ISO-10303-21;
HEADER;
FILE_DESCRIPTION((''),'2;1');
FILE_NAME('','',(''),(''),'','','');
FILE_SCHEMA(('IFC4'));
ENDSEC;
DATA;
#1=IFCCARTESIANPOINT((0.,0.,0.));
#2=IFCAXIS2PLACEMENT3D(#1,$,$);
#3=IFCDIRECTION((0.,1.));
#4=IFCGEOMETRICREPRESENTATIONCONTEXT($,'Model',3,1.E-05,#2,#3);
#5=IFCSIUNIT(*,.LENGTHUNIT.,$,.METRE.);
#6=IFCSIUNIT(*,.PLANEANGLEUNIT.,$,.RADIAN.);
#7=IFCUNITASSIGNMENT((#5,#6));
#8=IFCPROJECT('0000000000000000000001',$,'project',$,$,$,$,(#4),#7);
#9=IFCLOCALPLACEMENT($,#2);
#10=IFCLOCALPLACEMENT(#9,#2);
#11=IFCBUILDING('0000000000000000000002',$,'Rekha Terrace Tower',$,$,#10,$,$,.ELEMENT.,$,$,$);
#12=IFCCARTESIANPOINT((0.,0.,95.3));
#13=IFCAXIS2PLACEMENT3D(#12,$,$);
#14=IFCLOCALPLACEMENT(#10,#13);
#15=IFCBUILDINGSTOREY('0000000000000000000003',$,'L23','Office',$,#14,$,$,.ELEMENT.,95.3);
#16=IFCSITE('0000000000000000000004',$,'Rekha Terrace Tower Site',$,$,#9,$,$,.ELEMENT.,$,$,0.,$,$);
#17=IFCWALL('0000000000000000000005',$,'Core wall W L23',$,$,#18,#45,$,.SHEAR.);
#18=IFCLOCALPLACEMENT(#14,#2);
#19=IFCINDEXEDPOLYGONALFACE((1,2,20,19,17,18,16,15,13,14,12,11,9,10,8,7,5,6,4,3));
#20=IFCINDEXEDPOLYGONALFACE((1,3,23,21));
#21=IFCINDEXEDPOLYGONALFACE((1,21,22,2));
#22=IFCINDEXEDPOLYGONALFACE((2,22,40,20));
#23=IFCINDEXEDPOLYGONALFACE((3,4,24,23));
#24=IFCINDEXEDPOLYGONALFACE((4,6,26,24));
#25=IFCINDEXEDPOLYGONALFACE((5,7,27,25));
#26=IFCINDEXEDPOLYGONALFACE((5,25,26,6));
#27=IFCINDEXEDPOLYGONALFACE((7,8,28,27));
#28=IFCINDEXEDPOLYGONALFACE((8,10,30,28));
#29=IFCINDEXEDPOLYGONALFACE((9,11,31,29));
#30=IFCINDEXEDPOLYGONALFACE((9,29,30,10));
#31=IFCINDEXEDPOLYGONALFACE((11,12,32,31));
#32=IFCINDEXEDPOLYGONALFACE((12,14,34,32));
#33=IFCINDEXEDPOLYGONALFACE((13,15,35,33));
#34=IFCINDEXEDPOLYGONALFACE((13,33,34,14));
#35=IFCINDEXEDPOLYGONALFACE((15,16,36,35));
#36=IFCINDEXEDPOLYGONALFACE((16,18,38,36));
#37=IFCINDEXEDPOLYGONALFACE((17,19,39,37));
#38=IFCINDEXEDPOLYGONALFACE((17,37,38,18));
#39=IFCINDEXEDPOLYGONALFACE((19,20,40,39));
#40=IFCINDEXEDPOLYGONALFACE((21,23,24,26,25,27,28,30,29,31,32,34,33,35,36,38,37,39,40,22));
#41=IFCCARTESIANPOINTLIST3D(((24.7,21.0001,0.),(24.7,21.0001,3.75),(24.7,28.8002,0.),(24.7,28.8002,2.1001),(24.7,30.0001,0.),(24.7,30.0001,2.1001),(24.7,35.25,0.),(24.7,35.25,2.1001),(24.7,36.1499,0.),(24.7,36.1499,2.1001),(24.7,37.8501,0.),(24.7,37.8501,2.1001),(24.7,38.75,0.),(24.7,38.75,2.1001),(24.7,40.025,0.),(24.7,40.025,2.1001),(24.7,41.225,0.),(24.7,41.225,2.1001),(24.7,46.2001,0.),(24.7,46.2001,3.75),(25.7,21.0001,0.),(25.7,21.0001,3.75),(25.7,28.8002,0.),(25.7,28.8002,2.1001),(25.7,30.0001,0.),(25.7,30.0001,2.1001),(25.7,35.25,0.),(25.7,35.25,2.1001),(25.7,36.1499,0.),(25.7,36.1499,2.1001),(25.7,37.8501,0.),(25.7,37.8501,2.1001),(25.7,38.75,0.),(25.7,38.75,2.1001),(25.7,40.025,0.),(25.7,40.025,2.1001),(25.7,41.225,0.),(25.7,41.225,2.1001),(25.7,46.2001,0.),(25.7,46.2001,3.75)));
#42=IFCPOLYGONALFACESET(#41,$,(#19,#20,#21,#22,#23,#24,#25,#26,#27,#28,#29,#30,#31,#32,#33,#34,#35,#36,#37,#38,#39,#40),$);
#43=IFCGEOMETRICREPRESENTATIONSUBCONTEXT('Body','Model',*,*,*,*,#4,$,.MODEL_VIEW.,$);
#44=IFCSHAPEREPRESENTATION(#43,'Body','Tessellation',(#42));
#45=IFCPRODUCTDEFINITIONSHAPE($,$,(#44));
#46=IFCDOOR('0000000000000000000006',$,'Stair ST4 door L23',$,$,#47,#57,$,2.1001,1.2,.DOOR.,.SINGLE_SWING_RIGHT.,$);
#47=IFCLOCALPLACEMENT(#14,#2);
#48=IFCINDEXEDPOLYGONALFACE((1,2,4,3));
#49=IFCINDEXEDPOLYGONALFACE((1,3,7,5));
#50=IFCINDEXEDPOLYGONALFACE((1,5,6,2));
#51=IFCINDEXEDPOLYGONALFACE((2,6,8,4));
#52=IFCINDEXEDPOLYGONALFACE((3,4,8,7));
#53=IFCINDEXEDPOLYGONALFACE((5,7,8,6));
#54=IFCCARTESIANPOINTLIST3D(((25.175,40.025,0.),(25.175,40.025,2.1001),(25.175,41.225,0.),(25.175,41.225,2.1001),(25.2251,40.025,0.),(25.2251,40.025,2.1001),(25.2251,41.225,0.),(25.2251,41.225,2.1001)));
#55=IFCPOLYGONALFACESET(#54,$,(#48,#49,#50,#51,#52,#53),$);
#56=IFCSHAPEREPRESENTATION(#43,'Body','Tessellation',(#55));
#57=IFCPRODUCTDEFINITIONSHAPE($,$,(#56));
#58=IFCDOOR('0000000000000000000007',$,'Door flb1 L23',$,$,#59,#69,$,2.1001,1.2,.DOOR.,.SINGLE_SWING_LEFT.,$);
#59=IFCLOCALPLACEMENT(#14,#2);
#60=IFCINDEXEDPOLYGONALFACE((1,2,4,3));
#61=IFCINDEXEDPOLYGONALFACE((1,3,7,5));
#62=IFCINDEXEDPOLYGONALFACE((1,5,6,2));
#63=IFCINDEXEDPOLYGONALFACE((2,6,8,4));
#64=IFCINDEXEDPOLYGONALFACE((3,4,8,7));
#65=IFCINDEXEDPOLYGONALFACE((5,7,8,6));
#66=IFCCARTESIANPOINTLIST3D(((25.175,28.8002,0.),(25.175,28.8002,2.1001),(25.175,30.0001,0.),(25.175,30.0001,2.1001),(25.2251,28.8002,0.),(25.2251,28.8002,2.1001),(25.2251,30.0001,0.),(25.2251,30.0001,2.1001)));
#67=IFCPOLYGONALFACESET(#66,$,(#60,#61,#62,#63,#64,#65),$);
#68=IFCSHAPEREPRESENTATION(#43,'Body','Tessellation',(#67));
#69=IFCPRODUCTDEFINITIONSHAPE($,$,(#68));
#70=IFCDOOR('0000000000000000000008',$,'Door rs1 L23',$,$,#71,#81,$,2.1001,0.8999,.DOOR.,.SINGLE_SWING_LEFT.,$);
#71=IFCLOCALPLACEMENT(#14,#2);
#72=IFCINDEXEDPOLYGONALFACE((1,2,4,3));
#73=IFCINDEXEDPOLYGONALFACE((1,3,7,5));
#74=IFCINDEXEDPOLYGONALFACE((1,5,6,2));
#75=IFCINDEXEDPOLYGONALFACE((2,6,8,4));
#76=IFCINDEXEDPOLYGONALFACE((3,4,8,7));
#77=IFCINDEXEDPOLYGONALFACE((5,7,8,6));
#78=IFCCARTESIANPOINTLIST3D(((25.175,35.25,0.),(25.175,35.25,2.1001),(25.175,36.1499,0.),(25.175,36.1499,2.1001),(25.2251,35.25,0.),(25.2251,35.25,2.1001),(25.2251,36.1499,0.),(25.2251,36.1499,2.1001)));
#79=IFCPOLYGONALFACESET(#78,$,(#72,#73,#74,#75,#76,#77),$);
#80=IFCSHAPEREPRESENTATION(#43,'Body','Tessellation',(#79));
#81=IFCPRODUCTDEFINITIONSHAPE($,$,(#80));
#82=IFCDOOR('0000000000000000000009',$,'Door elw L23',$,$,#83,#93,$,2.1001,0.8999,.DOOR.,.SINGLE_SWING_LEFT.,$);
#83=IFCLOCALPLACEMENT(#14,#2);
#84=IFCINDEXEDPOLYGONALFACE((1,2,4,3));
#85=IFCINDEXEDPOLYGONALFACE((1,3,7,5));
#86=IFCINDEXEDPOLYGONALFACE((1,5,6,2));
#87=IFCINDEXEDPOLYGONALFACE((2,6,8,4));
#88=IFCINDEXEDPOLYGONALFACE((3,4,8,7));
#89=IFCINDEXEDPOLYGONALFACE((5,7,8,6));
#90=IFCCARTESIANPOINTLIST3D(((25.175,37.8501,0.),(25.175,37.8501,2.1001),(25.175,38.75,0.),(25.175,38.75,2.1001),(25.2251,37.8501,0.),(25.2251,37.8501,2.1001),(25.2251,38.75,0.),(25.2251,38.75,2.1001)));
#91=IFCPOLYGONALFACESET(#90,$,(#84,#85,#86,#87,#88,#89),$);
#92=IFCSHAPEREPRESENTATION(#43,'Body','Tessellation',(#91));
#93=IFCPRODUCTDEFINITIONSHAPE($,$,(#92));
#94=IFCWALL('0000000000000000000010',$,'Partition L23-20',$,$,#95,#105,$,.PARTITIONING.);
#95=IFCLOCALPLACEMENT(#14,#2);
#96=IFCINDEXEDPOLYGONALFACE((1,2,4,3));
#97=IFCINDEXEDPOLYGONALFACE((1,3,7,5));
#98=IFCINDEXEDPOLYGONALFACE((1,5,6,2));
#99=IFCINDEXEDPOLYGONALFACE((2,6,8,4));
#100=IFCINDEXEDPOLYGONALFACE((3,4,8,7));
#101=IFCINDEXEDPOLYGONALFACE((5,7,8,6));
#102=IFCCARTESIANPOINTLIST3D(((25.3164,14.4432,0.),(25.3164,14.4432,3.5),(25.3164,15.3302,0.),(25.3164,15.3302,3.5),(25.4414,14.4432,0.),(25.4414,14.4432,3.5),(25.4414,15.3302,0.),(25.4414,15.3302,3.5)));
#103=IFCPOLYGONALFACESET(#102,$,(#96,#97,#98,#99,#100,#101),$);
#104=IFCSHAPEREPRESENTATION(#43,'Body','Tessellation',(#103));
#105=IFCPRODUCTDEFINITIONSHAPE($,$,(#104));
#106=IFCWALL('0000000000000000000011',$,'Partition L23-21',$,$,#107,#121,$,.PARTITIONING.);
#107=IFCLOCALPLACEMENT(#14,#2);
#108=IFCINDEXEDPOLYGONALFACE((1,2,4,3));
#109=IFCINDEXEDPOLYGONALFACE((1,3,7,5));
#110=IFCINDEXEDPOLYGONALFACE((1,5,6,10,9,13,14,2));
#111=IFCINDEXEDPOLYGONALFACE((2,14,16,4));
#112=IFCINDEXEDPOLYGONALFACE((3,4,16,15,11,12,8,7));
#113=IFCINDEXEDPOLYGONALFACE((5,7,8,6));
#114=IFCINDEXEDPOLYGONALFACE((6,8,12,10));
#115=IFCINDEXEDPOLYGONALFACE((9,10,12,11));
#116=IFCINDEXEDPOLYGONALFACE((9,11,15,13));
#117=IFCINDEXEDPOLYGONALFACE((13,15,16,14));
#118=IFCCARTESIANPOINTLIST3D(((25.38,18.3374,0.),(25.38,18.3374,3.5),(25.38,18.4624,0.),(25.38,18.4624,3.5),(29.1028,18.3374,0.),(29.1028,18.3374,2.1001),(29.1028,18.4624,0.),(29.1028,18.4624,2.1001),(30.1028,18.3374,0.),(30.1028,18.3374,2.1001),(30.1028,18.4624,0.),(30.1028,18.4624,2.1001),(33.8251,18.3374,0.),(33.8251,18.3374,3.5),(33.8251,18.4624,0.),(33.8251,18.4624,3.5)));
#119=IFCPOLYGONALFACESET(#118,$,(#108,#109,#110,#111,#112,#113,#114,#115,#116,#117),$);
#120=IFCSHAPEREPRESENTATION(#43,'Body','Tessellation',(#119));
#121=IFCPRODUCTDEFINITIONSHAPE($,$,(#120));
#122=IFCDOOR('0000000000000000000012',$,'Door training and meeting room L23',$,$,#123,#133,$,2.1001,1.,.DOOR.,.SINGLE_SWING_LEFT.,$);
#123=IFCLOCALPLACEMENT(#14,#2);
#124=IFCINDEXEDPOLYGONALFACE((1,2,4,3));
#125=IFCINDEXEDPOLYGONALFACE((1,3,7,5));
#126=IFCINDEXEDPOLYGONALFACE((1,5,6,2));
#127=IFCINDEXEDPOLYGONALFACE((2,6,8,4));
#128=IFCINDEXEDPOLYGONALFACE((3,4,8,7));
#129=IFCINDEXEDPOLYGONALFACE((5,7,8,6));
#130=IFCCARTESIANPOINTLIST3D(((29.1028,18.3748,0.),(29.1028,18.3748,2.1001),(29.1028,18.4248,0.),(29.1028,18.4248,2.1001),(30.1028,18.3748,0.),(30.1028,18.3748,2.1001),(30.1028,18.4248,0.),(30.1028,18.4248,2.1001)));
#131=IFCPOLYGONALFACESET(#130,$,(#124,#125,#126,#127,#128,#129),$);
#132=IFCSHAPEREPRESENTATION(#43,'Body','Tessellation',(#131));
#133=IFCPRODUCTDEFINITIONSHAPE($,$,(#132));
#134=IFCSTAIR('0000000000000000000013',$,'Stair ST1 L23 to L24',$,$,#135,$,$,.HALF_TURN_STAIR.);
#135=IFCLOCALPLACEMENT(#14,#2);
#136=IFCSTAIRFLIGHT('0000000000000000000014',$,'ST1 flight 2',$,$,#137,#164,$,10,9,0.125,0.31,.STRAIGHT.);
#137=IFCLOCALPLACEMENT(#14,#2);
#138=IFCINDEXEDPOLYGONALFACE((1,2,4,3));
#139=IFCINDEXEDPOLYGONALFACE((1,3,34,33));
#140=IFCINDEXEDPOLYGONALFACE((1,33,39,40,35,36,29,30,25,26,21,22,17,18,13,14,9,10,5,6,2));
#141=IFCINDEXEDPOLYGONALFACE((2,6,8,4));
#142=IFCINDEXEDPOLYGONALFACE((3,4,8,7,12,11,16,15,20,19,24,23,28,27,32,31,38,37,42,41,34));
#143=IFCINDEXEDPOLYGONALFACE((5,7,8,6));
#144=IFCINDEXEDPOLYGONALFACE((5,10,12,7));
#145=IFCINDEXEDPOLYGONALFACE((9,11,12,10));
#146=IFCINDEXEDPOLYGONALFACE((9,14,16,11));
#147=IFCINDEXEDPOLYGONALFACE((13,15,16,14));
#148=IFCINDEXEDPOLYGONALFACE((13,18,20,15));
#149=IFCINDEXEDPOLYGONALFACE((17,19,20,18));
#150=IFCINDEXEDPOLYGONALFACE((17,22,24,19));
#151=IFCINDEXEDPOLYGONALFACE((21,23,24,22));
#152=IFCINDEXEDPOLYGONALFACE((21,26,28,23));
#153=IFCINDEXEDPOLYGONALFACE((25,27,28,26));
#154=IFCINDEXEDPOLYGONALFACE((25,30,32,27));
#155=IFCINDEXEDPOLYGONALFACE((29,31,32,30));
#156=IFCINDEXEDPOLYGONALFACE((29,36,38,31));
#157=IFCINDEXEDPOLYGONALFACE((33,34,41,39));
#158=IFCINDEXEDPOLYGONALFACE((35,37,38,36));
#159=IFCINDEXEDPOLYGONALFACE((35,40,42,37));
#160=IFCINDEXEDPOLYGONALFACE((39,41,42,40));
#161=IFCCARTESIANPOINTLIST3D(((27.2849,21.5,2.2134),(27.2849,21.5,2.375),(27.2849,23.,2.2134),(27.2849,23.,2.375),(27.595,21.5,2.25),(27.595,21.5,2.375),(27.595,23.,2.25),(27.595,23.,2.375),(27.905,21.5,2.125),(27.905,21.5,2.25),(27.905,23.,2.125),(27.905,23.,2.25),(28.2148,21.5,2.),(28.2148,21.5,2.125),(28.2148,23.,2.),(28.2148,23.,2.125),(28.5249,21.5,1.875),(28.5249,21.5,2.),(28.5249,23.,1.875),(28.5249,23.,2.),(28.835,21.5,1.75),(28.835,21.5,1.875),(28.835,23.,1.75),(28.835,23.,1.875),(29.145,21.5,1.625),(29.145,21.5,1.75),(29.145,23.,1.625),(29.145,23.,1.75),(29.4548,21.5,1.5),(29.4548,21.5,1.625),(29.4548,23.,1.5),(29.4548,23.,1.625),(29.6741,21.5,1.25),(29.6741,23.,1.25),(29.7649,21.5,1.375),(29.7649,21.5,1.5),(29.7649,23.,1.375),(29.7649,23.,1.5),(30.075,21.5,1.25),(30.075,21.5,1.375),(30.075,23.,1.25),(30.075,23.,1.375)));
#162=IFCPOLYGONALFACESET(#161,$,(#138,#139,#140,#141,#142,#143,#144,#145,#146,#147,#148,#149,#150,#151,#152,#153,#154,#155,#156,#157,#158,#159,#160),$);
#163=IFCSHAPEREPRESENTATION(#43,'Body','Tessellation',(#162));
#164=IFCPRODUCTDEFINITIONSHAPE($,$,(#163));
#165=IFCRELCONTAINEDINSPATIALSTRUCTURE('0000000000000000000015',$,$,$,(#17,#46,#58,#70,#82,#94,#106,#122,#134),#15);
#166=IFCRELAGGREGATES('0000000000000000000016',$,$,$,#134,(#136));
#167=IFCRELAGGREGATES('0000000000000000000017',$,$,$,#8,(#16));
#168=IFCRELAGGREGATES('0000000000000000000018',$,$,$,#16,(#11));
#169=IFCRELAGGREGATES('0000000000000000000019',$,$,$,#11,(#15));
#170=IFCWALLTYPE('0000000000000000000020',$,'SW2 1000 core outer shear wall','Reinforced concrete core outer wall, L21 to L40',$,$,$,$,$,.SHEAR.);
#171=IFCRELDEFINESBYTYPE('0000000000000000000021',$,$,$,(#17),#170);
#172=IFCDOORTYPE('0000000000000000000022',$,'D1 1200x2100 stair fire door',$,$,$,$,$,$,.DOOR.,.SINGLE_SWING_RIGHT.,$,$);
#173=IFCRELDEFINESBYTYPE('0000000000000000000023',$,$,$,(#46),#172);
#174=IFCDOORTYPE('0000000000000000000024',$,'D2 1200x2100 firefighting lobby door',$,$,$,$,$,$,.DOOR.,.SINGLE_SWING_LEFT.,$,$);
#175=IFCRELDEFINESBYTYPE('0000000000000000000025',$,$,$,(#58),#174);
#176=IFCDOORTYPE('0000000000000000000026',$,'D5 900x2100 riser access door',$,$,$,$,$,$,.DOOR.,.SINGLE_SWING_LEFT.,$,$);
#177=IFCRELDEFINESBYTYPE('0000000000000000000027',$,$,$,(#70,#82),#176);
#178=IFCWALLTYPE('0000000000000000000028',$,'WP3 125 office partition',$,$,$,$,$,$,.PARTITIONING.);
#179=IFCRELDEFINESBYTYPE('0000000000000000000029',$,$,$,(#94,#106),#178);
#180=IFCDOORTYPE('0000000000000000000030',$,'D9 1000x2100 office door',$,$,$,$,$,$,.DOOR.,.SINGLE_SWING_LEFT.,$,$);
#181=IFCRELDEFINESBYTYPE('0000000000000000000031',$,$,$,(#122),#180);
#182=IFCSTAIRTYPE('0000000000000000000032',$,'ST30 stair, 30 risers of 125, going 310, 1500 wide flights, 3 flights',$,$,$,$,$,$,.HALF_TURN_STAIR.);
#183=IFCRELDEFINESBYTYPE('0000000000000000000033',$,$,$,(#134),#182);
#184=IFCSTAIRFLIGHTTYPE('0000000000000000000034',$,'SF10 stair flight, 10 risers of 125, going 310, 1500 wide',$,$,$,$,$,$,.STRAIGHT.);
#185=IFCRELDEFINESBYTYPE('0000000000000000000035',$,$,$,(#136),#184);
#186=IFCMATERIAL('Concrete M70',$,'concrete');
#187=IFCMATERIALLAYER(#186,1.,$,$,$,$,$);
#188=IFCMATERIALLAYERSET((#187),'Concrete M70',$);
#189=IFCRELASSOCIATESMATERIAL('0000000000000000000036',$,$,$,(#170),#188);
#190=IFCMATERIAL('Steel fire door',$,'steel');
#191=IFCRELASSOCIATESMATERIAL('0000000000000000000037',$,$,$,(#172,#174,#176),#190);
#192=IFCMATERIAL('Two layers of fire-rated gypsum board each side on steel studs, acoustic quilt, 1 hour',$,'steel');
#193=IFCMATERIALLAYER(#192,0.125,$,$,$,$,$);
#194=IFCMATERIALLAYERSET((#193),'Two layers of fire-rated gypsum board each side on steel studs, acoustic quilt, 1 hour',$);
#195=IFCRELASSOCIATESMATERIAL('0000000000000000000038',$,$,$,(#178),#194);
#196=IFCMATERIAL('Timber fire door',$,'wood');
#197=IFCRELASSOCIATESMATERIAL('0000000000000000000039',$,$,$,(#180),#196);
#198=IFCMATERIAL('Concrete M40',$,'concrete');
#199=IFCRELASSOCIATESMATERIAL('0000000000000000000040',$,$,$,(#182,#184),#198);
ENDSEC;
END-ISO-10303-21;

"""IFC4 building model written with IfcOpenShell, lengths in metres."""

from ifc_helpers import new_model, si_unit, direction, frame, frame_2d, origin, place, context, subcontext, project, spatial, polyline, rectangle, outline, extrude, material, layer, layer_set, type_object, element, fill, aggregate, save


model = new_model("IFC4")

# Units and contexts
model_context = context("Model", 3, precision=1e-05, world=origin(), true_north=direction((0.0, 1.0)))
body_context = subcontext(model_context, "Body", "Model", "MODEL_VIEW")
ifc_project = project(units=[si_unit("LENGTHUNIT", "METRE"), si_unit("PLANEANGLEUNIT", "RADIAN")], contexts=[model_context])

# Site, building, storey
site_placement = place(None, origin())
site = spatial("IfcSite", under=ifc_project, at=site_placement, Name="Rekha Terrace Tower Site", CompositionType="ELEMENT", RefElevation=0.0)
building_placement = place(site_placement, origin())
building = spatial("IfcBuilding", under=site, at=building_placement, Name="Rekha Terrace Tower", CompositionType="ELEMENT")
storey_placement = place(building_placement, frame((0.0, 0.0, 95.3)))
storey = spatial("IfcBuildingStorey", under=building, at=storey_placement, Name="L23", Description="Office", CompositionType="ELEMENT", Elevation=95.3)

# Wall, openings, doors
ifc_material_1 = material(Name="Concrete M70", Category="concrete")
ifc_layer_1 = layer(ifc_material_1, 1.0)
ifc_layer_set_1 = layer_set([ifc_layer_1], Name="Concrete M70")
wall_type_1 = type_object("IfcWallType", Name="SW2 1000 core outer shear wall", Description="Reinforced concrete core outer wall, L21 to L40", PredefinedType="SHEAR", material=ifc_layer_set_1)
wall_1_placement = place(storey_placement, frame((25.2, 21.0, 0.0), z_axis=(0.0, 0.0, 1.0), x_axis=(0.0, 1.0, 0.0)))
wall_1 = element("IfcWall", 1, at=wall_1_placement, inside=storey, type_object=wall_type_1, Name="Core wall W L23", PredefinedType="SHEAR", context=body_context, shape_type="SweptSolid", body=[
    extrude(rectangle(XDim=25.2, YDim=1.0, at=frame_2d((12.6001, 0.0))), origin(), (0.0, 0.0, 1.0), 3.75),
])
opening_1_placement = place(wall_1_placement, frame((7.8, 0.0, 0.0)))
opening_1 = element("IfcOpeningElement", 2, at=opening_1_placement, cuts=wall_1, PredefinedType="OPENING", context=body_context, shape_type="SweptSolid", body=[
    extrude(rectangle(XDim=1.2, YDim=2.1001, at=frame_2d((0.6001, 1.05))), frame((0.0, 0.51, 0.0), z_axis=(0.0, -1.0, 0.0), x_axis=(1.0, 0.0, 0.0)), (0.0, 0.0, 1.0), 1.02),
])
opening_2_placement = place(wall_1_placement, frame((14.25, 0.0, 0.0)))
opening_2 = element("IfcOpeningElement", 3, at=opening_2_placement, cuts=wall_1, PredefinedType="OPENING", context=body_context, shape_type="SweptSolid", body=[
    extrude(rectangle(XDim=0.8999, YDim=2.1001, at=frame_2d((0.45, 1.05))), frame((0.0, 0.51, 0.0), z_axis=(0.0, -1.0, 0.0), x_axis=(1.0, 0.0, 0.0)), (0.0, 0.0, 1.0), 1.02),
])
opening_3_placement = place(wall_1_placement, frame((16.8501, 0.0, 0.0)))
opening_3 = element("IfcOpeningElement", 4, at=opening_3_placement, cuts=wall_1, PredefinedType="OPENING", context=body_context, shape_type="SweptSolid", body=[
    extrude(rectangle(XDim=0.8999, YDim=2.1001, at=frame_2d((0.45, 1.05))), frame((0.0, 0.51, 0.0), z_axis=(0.0, -1.0, 0.0), x_axis=(1.0, 0.0, 0.0)), (0.0, 0.0, 1.0), 1.02),
])
opening_4_placement = place(wall_1_placement, frame((19.0249, 0.0, 0.0)))
opening_4 = element("IfcOpeningElement", 5, at=opening_4_placement, cuts=wall_1, PredefinedType="OPENING", context=body_context, shape_type="SweptSolid", body=[
    extrude(rectangle(XDim=1.2, YDim=2.1001, at=frame_2d((0.6001, 1.05))), frame((0.0, 0.51, 0.0), z_axis=(0.0, -1.0, 0.0), x_axis=(1.0, 0.0, 0.0)), (0.0, 0.0, 1.0), 1.02),
])
ifc_material_2 = material(Name="Steel fire door", Category="steel")
door_type_1 = type_object("IfcDoorType", Name="D1 1200x2100 stair fire door", OperationType="SINGLE_SWING_RIGHT", PredefinedType="DOOR", material=ifc_material_2)
door_1_placement = place(opening_4_placement, origin())
door_1 = element("IfcDoor", 6, at=door_1_placement, inside=storey, type_object=door_type_1, Name="Stair ST4 door L23", OperationType="SINGLE_SWING_RIGHT", OverallHeight=2.1001, OverallWidth=1.2, PredefinedType="DOOR", context=body_context, shape_type="SweptSolid", body=[
    extrude(rectangle(XDim=1.2, YDim=2.1001, at=frame_2d((0.6001, 1.05))), frame((0.0, 0.0249, 0.0), z_axis=(0.0, -1.0, 0.0), x_axis=(1.0, 0.0, 0.0)), (0.0, 0.0, 1.0), 0.05),
])
fill(opening_4, door_1)
door_type_2 = type_object("IfcDoorType", Name="D2 1200x2100 firefighting lobby door", OperationType="SINGLE_SWING_LEFT", PredefinedType="DOOR", material=ifc_material_2)
door_2_placement = place(opening_1_placement, origin())
door_2 = element("IfcDoor", 7, at=door_2_placement, inside=storey, type_object=door_type_2, Name="Door flb1 L23", OperationType="SINGLE_SWING_LEFT", OverallHeight=2.1001, OverallWidth=1.2, PredefinedType="DOOR", context=body_context, shape_type="SweptSolid", body=[
    extrude(rectangle(XDim=1.2, YDim=2.1001, at=frame_2d((0.6001, 1.05))), frame((0.0, 0.0249, 0.0), z_axis=(0.0, -1.0, 0.0), x_axis=(1.0, 0.0, 0.0)), (0.0, 0.0, 1.0), 0.05),
])
fill(opening_1, door_2)
door_type_3 = type_object("IfcDoorType", Name="D5 900x2100 riser access door", OperationType="SINGLE_SWING_LEFT", PredefinedType="DOOR", material=ifc_material_2)
door_3_placement = place(opening_2_placement, origin())
door_3 = element("IfcDoor", 8, at=door_3_placement, inside=storey, type_object=door_type_3, Name="Door rs1 L23", OperationType="SINGLE_SWING_LEFT", OverallHeight=2.1001, OverallWidth=0.8999, PredefinedType="DOOR", context=body_context, shape_type="SweptSolid", body=[
    extrude(rectangle(XDim=0.8999, YDim=2.1001, at=frame_2d((0.45, 1.05))), frame((0.0, 0.0249, 0.0), z_axis=(0.0, -1.0, 0.0), x_axis=(1.0, 0.0, 0.0)), (0.0, 0.0, 1.0), 0.05),
])
fill(opening_2, door_3)
door_4_placement = place(opening_3_placement, origin())
door_4 = element("IfcDoor", 9, at=door_4_placement, inside=storey, type_object=door_type_3, Name="Door elw L23", OperationType="SINGLE_SWING_LEFT", OverallHeight=2.1001, OverallWidth=0.8999, PredefinedType="DOOR", context=body_context, shape_type="SweptSolid", body=[
    extrude(rectangle(XDim=0.8999, YDim=2.1001, at=frame_2d((0.45, 1.05))), frame((0.0, 0.0249, 0.0), z_axis=(0.0, -1.0, 0.0), x_axis=(1.0, 0.0, 0.0)), (0.0, 0.0, 1.0), 0.05),
])
fill(opening_3, door_4)

# Wall
ifc_material_3 = material(Name="Two layers of fire-rated gypsum board each side on steel studs, acoustic quilt, 1 hour", Category="steel")
ifc_layer_2 = layer(ifc_material_3, 0.125)
ifc_layer_set_2 = layer_set([ifc_layer_2], Name="Two layers of fire-rated gypsum board each side on steel studs, acoustic quilt, 1 hour")
wall_type_2 = type_object("IfcWallType", Name="WP3 125 office partition", PredefinedType="PARTITIONING", material=ifc_layer_set_2)
wall_2_placement = place(storey_placement, frame((25.3789, 15.3301, 0.0), z_axis=(0.0, 0.0, 1.0), x_axis=(0.0, -1.0, 0.0)))
element("IfcWall", 10, at=wall_2_placement, inside=storey, type_object=wall_type_2, Name="Partition L23-20", PredefinedType="PARTITIONING", context=body_context, shape_type="SweptSolid", body=[
    extrude(rectangle(XDim=0.887, YDim=0.125, at=frame_2d((0.4434, 0.0))), origin(), (0.0, 0.0, 1.0), 3.5),
])

# Wall, opening, door
wall_3_placement = place(storey_placement, frame((25.3799, 18.3999, 0.0), z_axis=(0.0, 0.0, 1.0), x_axis=(1.0, 0.0, 0.0)))
wall_3 = element("IfcWall", 11, at=wall_3_placement, inside=storey, type_object=wall_type_2, Name="Partition L23-21", PredefinedType="PARTITIONING", context=body_context, shape_type="SweptSolid", body=[
    extrude(rectangle(XDim=8.4451, YDim=0.125, at=frame_2d((4.2227, 0.0))), origin(), (0.0, 0.0, 1.0), 3.5),
])
opening_5_placement = place(wall_3_placement, frame((3.7229, 0.0, 0.0)))
opening_5 = element("IfcOpeningElement", 12, at=opening_5_placement, cuts=wall_3, PredefinedType="OPENING", context=body_context, shape_type="SweptSolid", body=[
    extrude(rectangle(XDim=1.0, YDim=2.1001, at=frame_2d((0.5, 1.05))), frame((0.0, 0.0725, 0.0), z_axis=(0.0, -1.0, 0.0), x_axis=(1.0, 0.0, 0.0)), (0.0, 0.0, 1.0), 0.145),
])
ifc_material_4 = material(Name="Timber fire door", Category="wood")
door_type_4 = type_object("IfcDoorType", Name="D9 1000x2100 office door", OperationType="SINGLE_SWING_LEFT", PredefinedType="DOOR", material=ifc_material_4)
door_5_placement = place(opening_5_placement, origin())
door_5 = element("IfcDoor", 13, at=door_5_placement, inside=storey, type_object=door_type_4, Name="Door training and meeting room L23", OperationType="SINGLE_SWING_LEFT", OverallHeight=2.1001, OverallWidth=1.0, PredefinedType="DOOR", context=body_context, shape_type="SweptSolid", body=[
    extrude(rectangle(XDim=1.0, YDim=2.1001, at=frame_2d((0.5, 1.05))), frame((0.0, 0.0249, 0.0), z_axis=(0.0, -1.0, 0.0), x_axis=(1.0, 0.0, 0.0)), (0.0, 0.0, 1.0), 0.05),
])
fill(opening_5, door_5)

# Stair, stair flight
ifc_material_5 = material(Name="Concrete M40", Category="concrete")
stair_type = type_object("IfcStairType", Name="ST30 stair, 30 risers of 125, going 310, 1500 wide flights, 3 flights", PredefinedType="HALF_TURN_STAIR", material=ifc_material_5)
stair_placement = place(storey_placement, origin())
stair = element("IfcStair", 14, at=stair_placement, inside=storey, type_object=stair_type, Name="Stair ST1 L23 to L24", PredefinedType="HALF_TURN_STAIR")
stair_flight_type = type_object("IfcStairFlightType", Name="SF10 stair flight, 10 risers of 125, going 310, 1500 wide", PredefinedType="STRAIGHT", material=ifc_material_5)
stair_flight_placement = place(storey_placement, frame((30.075, 22.25, 1.25), z_axis=(0.0, 0.0, 1.0), x_axis=(-1.0, 0.0, 0.0)))
stair_flight = element("IfcStairFlight", 15, at=stair_flight_placement, type_object=stair_flight_type, Name="ST1 flight 2", NumberOfRisers=10, NumberOfTreads=9, PredefinedType="STRAIGHT", RiserHeight=0.125, TreadLength=0.31, context=body_context, shape_type="SweptSolid", body=[
    extrude(outline(polyline([(0.0, 0.0), (0.0, 0.125), (0.3101, 0.125), (0.3101, 0.25), (0.6201, 0.25), (0.6201, 0.375), (0.9299, 0.375), (0.9299, 0.5), (1.24, 0.5), (1.24, 0.625), (1.55, 0.625), (1.55, 0.75), (1.8601, 0.75), (1.8601, 0.875), (2.1699, 0.875), (2.1699, 1.0), (2.48, 1.0), (2.48, 1.125), (2.79, 1.125), (2.79, 1.25), (2.79, 0.9634), (0.4009, 0.0), (0.0, 0.0)])), frame((0.0, 0.75, 0.0), z_axis=(0.0, -1.0, 0.0), x_axis=(1.0, 0.0, 0.0)), (0.0, 0.0, 1.0), 1.5),
])
aggregate(stair, [stair_flight])

save(model, "model.ifc")
